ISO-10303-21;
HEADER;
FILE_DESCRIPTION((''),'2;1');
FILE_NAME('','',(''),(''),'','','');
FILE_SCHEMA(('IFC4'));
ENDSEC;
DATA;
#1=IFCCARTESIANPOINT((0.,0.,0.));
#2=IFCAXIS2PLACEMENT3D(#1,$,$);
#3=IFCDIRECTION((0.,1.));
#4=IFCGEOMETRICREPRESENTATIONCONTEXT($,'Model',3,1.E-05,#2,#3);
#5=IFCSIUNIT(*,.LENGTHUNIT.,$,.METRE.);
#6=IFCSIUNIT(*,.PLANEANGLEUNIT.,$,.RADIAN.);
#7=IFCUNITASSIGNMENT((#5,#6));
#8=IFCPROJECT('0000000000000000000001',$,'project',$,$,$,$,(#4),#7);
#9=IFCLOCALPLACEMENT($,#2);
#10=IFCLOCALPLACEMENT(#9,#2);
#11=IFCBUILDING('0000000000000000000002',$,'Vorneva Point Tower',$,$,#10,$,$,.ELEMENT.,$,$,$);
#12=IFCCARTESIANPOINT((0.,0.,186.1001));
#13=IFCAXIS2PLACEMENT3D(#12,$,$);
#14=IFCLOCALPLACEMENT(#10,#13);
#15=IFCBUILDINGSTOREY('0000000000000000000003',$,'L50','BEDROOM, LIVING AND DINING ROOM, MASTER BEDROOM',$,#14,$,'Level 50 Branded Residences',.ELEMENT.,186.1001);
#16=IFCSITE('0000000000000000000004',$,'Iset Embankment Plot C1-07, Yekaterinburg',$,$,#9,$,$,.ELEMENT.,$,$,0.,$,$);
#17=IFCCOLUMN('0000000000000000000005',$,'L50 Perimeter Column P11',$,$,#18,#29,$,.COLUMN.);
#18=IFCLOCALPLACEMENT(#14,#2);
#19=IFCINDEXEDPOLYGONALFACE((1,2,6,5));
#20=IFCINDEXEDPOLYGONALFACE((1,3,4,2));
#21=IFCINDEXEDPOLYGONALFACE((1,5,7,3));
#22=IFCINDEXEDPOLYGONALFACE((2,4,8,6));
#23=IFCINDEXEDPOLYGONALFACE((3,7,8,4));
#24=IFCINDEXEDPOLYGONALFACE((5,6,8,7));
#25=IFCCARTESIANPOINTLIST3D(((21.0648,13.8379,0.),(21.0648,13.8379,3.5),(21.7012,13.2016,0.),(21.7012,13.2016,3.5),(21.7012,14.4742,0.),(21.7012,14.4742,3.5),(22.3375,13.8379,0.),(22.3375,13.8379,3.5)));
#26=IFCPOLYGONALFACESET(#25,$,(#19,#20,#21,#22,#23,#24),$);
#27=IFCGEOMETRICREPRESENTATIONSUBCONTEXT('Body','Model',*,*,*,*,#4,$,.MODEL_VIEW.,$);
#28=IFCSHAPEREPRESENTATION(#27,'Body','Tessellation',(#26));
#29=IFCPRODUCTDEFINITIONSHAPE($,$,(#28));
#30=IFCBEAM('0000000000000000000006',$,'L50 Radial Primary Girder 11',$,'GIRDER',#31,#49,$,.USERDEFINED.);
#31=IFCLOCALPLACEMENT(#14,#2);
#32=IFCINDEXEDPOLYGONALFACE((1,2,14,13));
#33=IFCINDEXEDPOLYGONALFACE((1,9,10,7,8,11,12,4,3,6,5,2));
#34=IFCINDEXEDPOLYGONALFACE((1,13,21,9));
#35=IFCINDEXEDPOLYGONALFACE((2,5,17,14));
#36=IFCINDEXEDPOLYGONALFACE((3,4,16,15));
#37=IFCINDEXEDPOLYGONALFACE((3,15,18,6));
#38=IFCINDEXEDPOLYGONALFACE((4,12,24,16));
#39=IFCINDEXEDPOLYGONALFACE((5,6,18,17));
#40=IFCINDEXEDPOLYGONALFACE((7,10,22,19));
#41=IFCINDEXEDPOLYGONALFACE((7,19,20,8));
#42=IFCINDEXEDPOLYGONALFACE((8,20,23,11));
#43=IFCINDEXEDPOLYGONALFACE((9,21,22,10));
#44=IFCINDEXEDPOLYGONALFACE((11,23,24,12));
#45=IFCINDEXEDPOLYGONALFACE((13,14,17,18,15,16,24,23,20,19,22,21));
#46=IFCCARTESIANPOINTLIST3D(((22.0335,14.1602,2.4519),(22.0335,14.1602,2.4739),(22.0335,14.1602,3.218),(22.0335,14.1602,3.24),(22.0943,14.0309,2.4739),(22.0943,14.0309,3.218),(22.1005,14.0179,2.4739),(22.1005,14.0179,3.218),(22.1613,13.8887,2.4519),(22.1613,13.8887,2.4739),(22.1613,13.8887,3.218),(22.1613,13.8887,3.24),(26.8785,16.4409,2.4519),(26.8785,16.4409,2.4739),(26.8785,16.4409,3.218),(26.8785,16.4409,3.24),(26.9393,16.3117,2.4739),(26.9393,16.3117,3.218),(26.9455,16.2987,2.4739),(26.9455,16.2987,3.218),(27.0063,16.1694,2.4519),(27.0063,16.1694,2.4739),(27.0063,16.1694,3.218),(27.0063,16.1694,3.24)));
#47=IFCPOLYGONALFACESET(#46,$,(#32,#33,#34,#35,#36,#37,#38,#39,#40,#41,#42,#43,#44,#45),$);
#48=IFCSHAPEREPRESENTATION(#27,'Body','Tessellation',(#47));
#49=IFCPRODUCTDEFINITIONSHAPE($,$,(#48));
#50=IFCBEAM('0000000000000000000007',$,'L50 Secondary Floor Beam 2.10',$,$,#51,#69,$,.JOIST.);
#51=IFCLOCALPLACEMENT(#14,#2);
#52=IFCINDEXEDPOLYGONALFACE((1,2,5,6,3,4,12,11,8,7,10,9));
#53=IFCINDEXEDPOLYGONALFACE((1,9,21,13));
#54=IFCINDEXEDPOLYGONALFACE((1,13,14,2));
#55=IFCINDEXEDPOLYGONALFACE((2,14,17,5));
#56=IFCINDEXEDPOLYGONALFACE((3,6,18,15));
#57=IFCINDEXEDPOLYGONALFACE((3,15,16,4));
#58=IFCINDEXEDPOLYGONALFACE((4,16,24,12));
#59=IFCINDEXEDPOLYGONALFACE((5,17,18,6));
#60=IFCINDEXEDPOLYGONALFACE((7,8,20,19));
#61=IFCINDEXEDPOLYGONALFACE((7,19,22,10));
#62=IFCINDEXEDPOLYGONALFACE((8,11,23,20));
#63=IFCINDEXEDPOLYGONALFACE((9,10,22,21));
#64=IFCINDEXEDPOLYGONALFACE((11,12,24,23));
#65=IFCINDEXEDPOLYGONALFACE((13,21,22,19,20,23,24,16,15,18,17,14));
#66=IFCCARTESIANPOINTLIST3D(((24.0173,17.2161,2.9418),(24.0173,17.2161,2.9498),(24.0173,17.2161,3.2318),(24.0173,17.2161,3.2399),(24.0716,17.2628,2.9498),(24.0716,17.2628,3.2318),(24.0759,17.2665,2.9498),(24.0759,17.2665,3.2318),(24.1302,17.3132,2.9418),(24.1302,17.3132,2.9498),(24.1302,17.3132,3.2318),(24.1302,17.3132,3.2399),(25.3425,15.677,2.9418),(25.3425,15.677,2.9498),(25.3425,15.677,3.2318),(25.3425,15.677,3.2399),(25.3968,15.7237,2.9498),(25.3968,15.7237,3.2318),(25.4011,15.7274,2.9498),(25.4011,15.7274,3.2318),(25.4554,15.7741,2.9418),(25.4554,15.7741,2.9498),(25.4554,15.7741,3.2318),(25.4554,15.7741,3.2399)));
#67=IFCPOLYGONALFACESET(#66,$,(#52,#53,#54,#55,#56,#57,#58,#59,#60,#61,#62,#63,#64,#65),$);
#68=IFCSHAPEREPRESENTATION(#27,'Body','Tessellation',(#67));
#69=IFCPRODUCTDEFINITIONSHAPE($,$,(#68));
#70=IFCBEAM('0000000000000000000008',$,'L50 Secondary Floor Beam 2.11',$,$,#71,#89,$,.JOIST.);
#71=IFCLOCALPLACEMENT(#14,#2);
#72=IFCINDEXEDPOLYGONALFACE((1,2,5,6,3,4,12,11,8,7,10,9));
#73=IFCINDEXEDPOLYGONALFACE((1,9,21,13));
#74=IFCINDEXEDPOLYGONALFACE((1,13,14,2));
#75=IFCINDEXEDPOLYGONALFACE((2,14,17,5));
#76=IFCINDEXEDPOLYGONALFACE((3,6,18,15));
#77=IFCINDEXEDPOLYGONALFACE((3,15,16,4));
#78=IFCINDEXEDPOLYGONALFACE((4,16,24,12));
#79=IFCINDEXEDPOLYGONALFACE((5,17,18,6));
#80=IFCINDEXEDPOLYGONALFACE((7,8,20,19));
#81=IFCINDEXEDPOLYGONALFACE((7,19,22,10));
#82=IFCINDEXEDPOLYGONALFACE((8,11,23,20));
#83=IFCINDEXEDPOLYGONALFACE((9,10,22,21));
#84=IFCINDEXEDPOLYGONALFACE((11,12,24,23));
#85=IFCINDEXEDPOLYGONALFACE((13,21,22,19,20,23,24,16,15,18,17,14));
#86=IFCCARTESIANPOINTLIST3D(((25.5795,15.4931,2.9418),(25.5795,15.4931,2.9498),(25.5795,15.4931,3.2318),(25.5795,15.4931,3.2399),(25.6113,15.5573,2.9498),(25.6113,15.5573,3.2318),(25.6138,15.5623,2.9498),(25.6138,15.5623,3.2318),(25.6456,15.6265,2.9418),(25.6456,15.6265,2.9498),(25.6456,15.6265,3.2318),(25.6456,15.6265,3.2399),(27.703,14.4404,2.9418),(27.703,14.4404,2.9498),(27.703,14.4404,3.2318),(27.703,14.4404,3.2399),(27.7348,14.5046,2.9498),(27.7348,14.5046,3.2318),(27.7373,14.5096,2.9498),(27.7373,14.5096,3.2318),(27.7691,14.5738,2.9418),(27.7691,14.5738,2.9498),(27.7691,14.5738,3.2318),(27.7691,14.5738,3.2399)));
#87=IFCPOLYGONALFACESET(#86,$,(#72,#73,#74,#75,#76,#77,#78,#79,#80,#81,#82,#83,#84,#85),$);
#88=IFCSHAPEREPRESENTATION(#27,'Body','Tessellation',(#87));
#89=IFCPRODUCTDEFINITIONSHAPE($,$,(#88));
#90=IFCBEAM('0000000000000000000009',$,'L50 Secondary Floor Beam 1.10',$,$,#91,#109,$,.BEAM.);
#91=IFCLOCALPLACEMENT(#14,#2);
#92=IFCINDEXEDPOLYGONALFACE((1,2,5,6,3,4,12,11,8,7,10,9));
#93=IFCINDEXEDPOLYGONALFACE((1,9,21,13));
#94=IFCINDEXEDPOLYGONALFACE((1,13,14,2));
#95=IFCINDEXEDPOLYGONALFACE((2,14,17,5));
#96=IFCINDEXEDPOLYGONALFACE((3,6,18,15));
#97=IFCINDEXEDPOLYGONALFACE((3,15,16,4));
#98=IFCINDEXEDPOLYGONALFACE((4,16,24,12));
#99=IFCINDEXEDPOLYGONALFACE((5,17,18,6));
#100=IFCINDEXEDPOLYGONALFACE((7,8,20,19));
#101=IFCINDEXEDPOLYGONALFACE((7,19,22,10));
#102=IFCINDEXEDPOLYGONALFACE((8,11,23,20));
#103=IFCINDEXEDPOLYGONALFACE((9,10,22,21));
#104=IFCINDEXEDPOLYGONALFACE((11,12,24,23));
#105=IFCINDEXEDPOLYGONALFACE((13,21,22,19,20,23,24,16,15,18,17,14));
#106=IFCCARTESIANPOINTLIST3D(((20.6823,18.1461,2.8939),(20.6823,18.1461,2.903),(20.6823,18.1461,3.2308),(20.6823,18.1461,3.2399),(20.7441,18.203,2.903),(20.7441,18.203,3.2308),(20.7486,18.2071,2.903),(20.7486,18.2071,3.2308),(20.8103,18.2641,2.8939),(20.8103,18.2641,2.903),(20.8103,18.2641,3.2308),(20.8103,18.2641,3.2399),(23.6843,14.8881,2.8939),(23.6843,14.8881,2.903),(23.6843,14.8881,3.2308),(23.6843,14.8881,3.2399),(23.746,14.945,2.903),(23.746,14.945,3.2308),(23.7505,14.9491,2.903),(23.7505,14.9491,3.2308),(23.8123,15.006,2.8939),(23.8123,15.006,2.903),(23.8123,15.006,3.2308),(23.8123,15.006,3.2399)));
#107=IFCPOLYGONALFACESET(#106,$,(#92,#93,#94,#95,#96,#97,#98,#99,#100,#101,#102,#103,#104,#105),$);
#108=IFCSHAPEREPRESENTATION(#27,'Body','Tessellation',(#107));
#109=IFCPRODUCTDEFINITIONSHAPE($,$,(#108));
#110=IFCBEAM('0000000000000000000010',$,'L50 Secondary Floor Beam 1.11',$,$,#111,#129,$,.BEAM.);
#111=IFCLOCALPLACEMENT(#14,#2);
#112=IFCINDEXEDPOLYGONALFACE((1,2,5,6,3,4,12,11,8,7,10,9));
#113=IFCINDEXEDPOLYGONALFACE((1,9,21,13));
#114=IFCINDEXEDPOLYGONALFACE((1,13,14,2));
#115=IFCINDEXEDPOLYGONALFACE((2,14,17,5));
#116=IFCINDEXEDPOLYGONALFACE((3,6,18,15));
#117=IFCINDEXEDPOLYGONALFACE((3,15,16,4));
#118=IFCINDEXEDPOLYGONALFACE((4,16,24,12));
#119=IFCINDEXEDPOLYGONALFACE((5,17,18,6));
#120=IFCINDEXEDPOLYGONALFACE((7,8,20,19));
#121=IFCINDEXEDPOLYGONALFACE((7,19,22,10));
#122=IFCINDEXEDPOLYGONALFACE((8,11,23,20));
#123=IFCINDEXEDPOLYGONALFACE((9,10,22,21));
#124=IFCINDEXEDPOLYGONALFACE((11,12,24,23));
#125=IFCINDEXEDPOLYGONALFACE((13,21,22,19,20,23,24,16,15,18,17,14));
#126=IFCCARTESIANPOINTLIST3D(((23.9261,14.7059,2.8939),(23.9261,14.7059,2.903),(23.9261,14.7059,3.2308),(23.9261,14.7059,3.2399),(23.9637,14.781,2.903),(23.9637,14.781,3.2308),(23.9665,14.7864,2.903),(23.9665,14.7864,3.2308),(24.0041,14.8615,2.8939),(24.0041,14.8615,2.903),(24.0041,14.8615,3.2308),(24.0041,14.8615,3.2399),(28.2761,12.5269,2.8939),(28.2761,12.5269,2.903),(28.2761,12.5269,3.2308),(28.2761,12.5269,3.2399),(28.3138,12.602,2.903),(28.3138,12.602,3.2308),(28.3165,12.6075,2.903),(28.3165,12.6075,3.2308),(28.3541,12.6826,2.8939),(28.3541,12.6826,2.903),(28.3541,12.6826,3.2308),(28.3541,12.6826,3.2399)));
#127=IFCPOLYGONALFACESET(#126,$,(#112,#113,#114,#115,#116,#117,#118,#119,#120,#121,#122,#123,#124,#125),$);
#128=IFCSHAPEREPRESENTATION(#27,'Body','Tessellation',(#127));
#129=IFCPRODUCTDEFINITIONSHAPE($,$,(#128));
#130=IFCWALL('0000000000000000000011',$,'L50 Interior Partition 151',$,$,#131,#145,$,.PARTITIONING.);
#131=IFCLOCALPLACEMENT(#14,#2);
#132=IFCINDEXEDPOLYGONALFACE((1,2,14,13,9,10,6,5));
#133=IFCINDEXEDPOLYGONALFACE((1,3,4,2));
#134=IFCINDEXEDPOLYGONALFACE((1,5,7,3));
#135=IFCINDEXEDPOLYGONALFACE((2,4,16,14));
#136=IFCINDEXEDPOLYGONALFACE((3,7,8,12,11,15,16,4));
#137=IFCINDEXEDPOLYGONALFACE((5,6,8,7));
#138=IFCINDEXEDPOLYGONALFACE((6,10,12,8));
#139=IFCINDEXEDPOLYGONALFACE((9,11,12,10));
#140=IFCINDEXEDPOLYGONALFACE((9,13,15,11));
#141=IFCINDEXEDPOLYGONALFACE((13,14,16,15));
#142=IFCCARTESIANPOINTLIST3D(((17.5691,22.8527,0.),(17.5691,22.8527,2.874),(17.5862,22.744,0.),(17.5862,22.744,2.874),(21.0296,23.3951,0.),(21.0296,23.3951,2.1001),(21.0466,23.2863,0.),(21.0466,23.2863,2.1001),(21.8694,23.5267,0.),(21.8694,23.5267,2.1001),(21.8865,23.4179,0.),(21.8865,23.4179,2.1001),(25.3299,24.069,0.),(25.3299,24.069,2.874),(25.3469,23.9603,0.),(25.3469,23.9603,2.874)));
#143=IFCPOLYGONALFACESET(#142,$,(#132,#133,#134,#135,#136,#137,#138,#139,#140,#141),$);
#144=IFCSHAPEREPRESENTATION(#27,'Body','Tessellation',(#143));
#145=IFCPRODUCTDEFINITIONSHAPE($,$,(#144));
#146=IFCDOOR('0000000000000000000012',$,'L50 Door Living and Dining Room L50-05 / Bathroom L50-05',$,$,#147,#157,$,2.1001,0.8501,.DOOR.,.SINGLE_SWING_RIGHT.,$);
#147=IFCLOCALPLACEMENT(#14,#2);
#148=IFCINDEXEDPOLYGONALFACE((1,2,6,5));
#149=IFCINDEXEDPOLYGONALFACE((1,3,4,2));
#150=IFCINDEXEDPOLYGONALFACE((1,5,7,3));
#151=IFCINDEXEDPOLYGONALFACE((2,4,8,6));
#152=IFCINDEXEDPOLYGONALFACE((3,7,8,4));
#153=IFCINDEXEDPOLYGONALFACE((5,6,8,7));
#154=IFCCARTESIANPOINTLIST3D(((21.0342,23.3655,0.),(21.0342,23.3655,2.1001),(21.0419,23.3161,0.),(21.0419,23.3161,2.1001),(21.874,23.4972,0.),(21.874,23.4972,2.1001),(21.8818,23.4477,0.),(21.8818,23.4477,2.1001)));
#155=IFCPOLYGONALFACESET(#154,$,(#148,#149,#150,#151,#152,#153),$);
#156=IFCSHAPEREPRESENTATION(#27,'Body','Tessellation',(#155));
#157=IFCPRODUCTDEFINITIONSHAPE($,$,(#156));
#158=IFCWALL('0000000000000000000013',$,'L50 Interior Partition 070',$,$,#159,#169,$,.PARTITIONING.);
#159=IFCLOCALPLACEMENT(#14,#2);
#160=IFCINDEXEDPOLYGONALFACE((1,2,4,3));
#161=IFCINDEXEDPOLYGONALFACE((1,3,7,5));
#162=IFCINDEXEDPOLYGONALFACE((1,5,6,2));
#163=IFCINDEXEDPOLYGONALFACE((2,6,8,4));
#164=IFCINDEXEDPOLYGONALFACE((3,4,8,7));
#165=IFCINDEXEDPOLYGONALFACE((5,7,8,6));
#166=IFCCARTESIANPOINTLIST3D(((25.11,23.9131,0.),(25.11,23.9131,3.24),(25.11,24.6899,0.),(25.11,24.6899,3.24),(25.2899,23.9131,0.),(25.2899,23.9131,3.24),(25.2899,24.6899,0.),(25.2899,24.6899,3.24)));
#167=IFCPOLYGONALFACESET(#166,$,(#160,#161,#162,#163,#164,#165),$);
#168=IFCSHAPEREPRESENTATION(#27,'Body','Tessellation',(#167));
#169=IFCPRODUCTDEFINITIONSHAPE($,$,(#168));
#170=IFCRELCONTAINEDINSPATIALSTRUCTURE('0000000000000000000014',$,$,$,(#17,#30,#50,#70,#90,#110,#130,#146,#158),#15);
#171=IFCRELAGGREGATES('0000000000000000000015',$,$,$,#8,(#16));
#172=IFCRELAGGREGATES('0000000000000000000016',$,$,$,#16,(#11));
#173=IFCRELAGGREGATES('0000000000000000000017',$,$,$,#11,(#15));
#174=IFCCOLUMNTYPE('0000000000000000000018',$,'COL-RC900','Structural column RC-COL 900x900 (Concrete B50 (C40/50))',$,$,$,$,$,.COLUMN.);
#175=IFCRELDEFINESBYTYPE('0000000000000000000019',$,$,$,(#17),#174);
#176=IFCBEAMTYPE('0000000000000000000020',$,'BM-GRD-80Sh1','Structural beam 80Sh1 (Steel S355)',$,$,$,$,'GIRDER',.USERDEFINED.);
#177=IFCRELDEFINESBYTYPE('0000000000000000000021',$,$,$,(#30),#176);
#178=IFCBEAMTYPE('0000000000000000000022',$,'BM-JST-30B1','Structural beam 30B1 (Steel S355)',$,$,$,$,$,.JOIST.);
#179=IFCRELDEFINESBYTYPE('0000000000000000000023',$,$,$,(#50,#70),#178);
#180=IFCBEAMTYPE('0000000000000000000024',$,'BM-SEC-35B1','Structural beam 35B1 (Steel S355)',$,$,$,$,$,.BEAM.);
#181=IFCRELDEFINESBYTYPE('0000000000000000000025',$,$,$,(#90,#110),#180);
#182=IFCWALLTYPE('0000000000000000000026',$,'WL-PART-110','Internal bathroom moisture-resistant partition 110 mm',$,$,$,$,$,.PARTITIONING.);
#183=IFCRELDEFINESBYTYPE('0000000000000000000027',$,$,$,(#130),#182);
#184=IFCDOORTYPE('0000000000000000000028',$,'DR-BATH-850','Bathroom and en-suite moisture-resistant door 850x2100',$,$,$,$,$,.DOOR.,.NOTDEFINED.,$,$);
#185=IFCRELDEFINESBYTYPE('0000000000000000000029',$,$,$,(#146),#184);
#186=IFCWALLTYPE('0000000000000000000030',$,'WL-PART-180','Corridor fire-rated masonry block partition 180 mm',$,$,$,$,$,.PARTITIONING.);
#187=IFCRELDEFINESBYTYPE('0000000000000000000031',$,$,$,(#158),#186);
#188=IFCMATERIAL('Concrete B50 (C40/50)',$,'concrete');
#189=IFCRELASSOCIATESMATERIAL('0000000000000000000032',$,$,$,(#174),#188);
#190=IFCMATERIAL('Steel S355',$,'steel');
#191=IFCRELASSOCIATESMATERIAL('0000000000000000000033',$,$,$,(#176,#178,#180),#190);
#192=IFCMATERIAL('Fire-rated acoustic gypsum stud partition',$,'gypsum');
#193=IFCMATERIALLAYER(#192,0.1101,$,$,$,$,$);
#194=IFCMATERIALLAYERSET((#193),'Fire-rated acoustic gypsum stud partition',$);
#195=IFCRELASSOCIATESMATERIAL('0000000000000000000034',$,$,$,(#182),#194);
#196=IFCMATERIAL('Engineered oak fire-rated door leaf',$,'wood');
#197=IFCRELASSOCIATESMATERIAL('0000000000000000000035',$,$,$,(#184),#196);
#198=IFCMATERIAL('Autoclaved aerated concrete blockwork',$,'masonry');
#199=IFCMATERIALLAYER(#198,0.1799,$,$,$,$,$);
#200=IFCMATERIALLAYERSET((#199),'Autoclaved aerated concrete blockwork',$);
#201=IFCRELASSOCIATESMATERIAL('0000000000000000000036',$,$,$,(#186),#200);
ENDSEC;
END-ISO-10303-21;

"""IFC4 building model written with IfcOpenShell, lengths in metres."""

from ifc_helpers import new_model, si_unit, direction, frame, frame_2d, origin, origin_2d, place, context, subcontext, project, spatial, rectangle, i_section, extrude, material, layer, layer_set, material_profile, profile_set, type_object, element, fill, save


model = new_model("IFC4")

# Units and contexts
model_context = context("Model", 3, precision=1e-05, world=origin(), true_north=direction((0.0, 1.0)))
body_context = subcontext(model_context, "Body", "Model", "MODEL_VIEW")
ifc_project = project(units=[si_unit("LENGTHUNIT", "METRE"), si_unit("PLANEANGLEUNIT", "RADIAN")], contexts=[model_context])

# Site, building, storey
site_placement = place(None, origin())
site = spatial("IfcSite", under=ifc_project, at=site_placement, Name="Iset Embankment Plot C1-07, Yekaterinburg", CompositionType="ELEMENT", RefElevation=0.0)
building_placement = place(site_placement, origin())
building = spatial("IfcBuilding", under=site, at=building_placement, Name="Vorneva Point Tower", CompositionType="ELEMENT")
storey_placement = place(building_placement, frame((0.0, 0.0, 186.1001)))
storey = spatial("IfcBuildingStorey", under=building, at=storey_placement, Name="L50", Description="BEDROOM, LIVING AND DINING ROOM, MASTER BEDROOM", LongName="Level 50 Branded Residences", CompositionType="ELEMENT", Elevation=186.1001)

# Column
ifc_material_1 = material(Name="Concrete B50 (C40/50)", Category="concrete")
ifc_material_profile_1 = material_profile(ifc_material_1, rectangle(XDim=0.8999, YDim=0.8999, at=origin_2d()), Name="RC-COL 900x900")
ifc_profile_set_1 = profile_set([ifc_material_profile_1], Name="Concrete B50 (C40/50)")
column_type = type_object("IfcColumnType", Name="COL-RC900", Description="Structural column RC-COL 900x900 (Concrete B50 (C40/50))", PredefinedType="COLUMN", material=ifc_profile_set_1)
column_placement = place(storey_placement, frame((21.7012, 13.8379, 0.0), z_axis=(0.0, 0.0, 1.0), x_axis=(-0.707107, -0.707107, 0.0)))
element("IfcColumn", 1, at=column_placement, inside=storey, type_object=column_type, Name="L50 Perimeter Column P11", PredefinedType="COLUMN", context=body_context, shape_type="SweptSolid", body=[
    extrude(rectangle(XDim=0.8999, YDim=0.8999, at=origin_2d()), origin(), (0.0, 0.0, 1.0), 3.5),
])

# Beams
ifc_material_2 = material(Name="Steel S355", Category="steel")
ifc_material_profile_2 = material_profile(ifc_material_2, i_section(OverallWidth=0.3, OverallDepth=0.7881, WebThickness=0.0144, FlangeThickness=0.022, at=origin_2d()), Name="80Sh1")
ifc_profile_set_2 = profile_set([ifc_material_profile_2], Name="Steel S355")
beam_type_1 = type_object("IfcBeamType", Name="BM-GRD-80Sh1", Description="Structural beam 80Sh1 (Steel S355)", ElementType="GIRDER", PredefinedType="USERDEFINED", material=ifc_profile_set_2)
beam_1_placement = place(storey_placement, frame((22.0974, 14.0244, 2.8459), z_axis=(0.904763, 0.425916, 0.0), x_axis=(-0.425916, 0.904763, 0.0)))
element("IfcBeam", 2, at=beam_1_placement, inside=storey, type_object=beam_type_1, Name="L50 Radial Primary Girder 11", ObjectType="GIRDER", PredefinedType="USERDEFINED", context=body_context, shape_type="SweptSolid", body=[
    extrude(i_section(OverallWidth=0.3, OverallDepth=0.7881, WebThickness=0.0144, FlangeThickness=0.022, at=origin_2d()), origin(), (0.0, 0.0, 1.0), 5.355),
])
ifc_material_profile_3 = material_profile(ifc_material_2, i_section(OverallWidth=0.1489, OverallDepth=0.2981, WebThickness=0.0056, FlangeThickness=0.0081, at=origin_2d()), Name="30B1")
ifc_profile_set_3 = profile_set([ifc_material_profile_3], Name="Steel S355")
beam_type_2 = type_object("IfcBeamType", Name="BM-JST-30B1", Description="Structural beam 30B1 (Steel S355)", PredefinedType="JOIST", material=ifc_profile_set_3)
beam_2_placement = place(storey_placement, frame((24.0737, 17.2646, 3.0908), z_axis=(0.652492, -0.757795, 0.0), x_axis=(0.757795, 0.652492, 0.0)))
element("IfcBeam", 3, at=beam_2_placement, inside=storey, type_object=beam_type_2, Name="L50 Secondary Floor Beam 2.10", PredefinedType="JOIST", context=body_context, shape_type="SweptSolid", body=[
    extrude(i_section(OverallWidth=0.1489, OverallDepth=0.2981, WebThickness=0.0056, FlangeThickness=0.0081, at=origin_2d()), origin(), (0.0, 0.0, 1.0), 2.031),
])
beam_3_placement = place(storey_placement, frame((25.6125, 15.5598, 3.0908), z_axis=(0.895946, -0.444162, 0.0), x_axis=(0.444162, 0.895946, 0.0)))
element("IfcBeam", 4, at=beam_3_placement, inside=storey, type_object=beam_type_2, Name="L50 Secondary Floor Beam 2.11", PredefinedType="JOIST", context=body_context, shape_type="SweptSolid", body=[
    extrude(i_section(OverallWidth=0.1489, OverallDepth=0.2981, WebThickness=0.0056, FlangeThickness=0.0081, at=origin_2d()), origin(), (0.0, 0.0, 1.0), 2.3701),
])
ifc_material_profile_4 = material_profile(ifc_material_2, i_section(OverallWidth=0.1741, OverallDepth=0.3459, WebThickness=0.0061, FlangeThickness=0.009, at=origin_2d()), Name="35B1")
ifc_profile_set_4 = profile_set([ifc_material_profile_4], Name="Steel S355")
beam_type_3 = type_object("IfcBeamType", Name="BM-SEC-35B1", Description="Structural beam 35B1 (Steel S355)", PredefinedType="BEAM", material=ifc_profile_set_4)
beam_4_placement = place(storey_placement, frame((20.7463, 18.2051, 3.0669), z_axis=(0.677611, -0.73542, 0.0), x_axis=(0.73542, 0.677611, 0.0)))
element("IfcBeam", 5, at=beam_4_placement, inside=storey, type_object=beam_type_3, Name="L50 Secondary Floor Beam 1.10", PredefinedType="BEAM", context=body_context, shape_type="SweptSolid", body=[
    extrude(i_section(OverallWidth=0.1741, OverallDepth=0.3459, WebThickness=0.0061, FlangeThickness=0.009, at=origin_2d()), origin(), (0.0, 0.0, 1.0), 4.4302),
])
beam_5_placement = place(storey_placement, frame((23.9651, 14.7837, 3.0669), z_axis=(0.894106, -0.447856, 0.0), x_axis=(0.447856, 0.894106, 0.0)))
element("IfcBeam", 6, at=beam_5_placement, inside=storey, type_object=beam_type_3, Name="L50 Secondary Floor Beam 1.11", PredefinedType="BEAM", context=body_context, shape_type="SweptSolid", body=[
    extrude(i_section(OverallWidth=0.1741, OverallDepth=0.3459, WebThickness=0.0061, FlangeThickness=0.009, at=origin_2d()), origin(), (0.0, 0.0, 1.0), 4.8652),
])

# Wall, opening, door
ifc_material_3 = material(Name="Fire-rated acoustic gypsum stud partition", Category="gypsum")
ifc_layer_1 = layer(ifc_material_3, 0.1101)
ifc_layer_set_1 = layer_set([ifc_layer_1], Name="Fire-rated acoustic gypsum stud partition")
wall_type_1 = type_object("IfcWallType", Name="WL-PART-110", Description="Internal bathroom moisture-resistant partition 110 mm", PredefinedType="PARTITIONING", material=ifc_layer_set_1)
wall_1_placement = place(storey_placement, frame((25.3384, 24.0146, 0.0), z_axis=(0.0, 0.0, 1.0), x_axis=(-0.98794, -0.154836, 0.0)))
wall_1 = element("IfcWall", 7, at=wall_1_placement, inside=storey, type_object=wall_type_1, Name="L50 Interior Partition 151", PredefinedType="PARTITIONING", context=body_context, shape_type="SweptSolid", body=[
    extrude(rectangle(XDim=7.8555, YDim=0.1101, at=frame_2d((3.9277, 0.0))), origin(), (0.0, 0.0, 1.0), 2.874),
])
opening_1_placement = place(wall_1_placement, frame((3.5027, 0.0, 0.0)))
opening_1 = element("IfcOpeningElement", 8, at=opening_1_placement, cuts=wall_1, PredefinedType="OPENING", context=body_context, shape_type="SweptSolid", body=[
    extrude(rectangle(XDim=0.8501, YDim=2.1001, at=frame_2d((0.425, 1.05))), frame((0.0, 0.0698, 0.0), z_axis=(0.0, -1.0, 0.0), x_axis=(1.0, 0.0, 0.0)), (0.0, 0.0, 1.0), 0.1399),
])
ifc_material_4 = material(Name="Engineered oak fire-rated door leaf", Category="wood")
door_type_1 = type_object("IfcDoorType", Name="DR-BATH-850", Description="Bathroom and en-suite moisture-resistant door 850x2100", OperationType="NOTDEFINED", PredefinedType="DOOR", material=ifc_material_4)
door_1_placement = place(opening_1_placement, origin())
door_1 = element("IfcDoor", 9, at=door_1_placement, inside=storey, type_object=door_type_1, Name="L50 Door Living and Dining Room L50-05 / Bathroom L50-05", OperationType="SINGLE_SWING_RIGHT", OverallHeight=2.1001, OverallWidth=0.8501, PredefinedType="DOOR", context=body_context, shape_type="SweptSolid", body=[
    extrude(rectangle(XDim=0.8501, YDim=2.1001, at=frame_2d((0.425, 1.05))), frame((0.0, 0.0249, 0.0), z_axis=(0.0, -1.0, 0.0), x_axis=(1.0, 0.0, 0.0)), (0.0, 0.0, 1.0), 0.05),
])
fill(opening_1, door_1)
ifc_material_5 = material(Name="Autoclaved aerated concrete blockwork", Category="masonry")
ifc_layer_2 = layer(ifc_material_5, 0.1799)
ifc_layer_set_2 = layer_set([ifc_layer_2], Name="Autoclaved aerated concrete blockwork")
wall_type_2 = type_object("IfcWallType", Name="WL-PART-180", Description="Corridor fire-rated masonry block partition 180 mm", PredefinedType="PARTITIONING", material=ifc_layer_set_2)

# Wall
wall_2_placement = place(storey_placement, frame((25.2, 24.6899, 0.0), z_axis=(0.0, 0.0, 1.0), x_axis=(0.0, -1.0, 0.0)))
element("IfcWall", 10, at=wall_2_placement, inside=storey, type_object=wall_type_2, Name="L50 Interior Partition 070", PredefinedType="PARTITIONING", context=body_context, shape_type="SweptSolid", body=[
    extrude(rectangle(XDim=0.7769, YDim=0.1799, at=frame_2d((0.3884, 0.0))), origin(), (0.0, 0.0, 1.0), 3.24),
])

save(model, "model.ifc")
